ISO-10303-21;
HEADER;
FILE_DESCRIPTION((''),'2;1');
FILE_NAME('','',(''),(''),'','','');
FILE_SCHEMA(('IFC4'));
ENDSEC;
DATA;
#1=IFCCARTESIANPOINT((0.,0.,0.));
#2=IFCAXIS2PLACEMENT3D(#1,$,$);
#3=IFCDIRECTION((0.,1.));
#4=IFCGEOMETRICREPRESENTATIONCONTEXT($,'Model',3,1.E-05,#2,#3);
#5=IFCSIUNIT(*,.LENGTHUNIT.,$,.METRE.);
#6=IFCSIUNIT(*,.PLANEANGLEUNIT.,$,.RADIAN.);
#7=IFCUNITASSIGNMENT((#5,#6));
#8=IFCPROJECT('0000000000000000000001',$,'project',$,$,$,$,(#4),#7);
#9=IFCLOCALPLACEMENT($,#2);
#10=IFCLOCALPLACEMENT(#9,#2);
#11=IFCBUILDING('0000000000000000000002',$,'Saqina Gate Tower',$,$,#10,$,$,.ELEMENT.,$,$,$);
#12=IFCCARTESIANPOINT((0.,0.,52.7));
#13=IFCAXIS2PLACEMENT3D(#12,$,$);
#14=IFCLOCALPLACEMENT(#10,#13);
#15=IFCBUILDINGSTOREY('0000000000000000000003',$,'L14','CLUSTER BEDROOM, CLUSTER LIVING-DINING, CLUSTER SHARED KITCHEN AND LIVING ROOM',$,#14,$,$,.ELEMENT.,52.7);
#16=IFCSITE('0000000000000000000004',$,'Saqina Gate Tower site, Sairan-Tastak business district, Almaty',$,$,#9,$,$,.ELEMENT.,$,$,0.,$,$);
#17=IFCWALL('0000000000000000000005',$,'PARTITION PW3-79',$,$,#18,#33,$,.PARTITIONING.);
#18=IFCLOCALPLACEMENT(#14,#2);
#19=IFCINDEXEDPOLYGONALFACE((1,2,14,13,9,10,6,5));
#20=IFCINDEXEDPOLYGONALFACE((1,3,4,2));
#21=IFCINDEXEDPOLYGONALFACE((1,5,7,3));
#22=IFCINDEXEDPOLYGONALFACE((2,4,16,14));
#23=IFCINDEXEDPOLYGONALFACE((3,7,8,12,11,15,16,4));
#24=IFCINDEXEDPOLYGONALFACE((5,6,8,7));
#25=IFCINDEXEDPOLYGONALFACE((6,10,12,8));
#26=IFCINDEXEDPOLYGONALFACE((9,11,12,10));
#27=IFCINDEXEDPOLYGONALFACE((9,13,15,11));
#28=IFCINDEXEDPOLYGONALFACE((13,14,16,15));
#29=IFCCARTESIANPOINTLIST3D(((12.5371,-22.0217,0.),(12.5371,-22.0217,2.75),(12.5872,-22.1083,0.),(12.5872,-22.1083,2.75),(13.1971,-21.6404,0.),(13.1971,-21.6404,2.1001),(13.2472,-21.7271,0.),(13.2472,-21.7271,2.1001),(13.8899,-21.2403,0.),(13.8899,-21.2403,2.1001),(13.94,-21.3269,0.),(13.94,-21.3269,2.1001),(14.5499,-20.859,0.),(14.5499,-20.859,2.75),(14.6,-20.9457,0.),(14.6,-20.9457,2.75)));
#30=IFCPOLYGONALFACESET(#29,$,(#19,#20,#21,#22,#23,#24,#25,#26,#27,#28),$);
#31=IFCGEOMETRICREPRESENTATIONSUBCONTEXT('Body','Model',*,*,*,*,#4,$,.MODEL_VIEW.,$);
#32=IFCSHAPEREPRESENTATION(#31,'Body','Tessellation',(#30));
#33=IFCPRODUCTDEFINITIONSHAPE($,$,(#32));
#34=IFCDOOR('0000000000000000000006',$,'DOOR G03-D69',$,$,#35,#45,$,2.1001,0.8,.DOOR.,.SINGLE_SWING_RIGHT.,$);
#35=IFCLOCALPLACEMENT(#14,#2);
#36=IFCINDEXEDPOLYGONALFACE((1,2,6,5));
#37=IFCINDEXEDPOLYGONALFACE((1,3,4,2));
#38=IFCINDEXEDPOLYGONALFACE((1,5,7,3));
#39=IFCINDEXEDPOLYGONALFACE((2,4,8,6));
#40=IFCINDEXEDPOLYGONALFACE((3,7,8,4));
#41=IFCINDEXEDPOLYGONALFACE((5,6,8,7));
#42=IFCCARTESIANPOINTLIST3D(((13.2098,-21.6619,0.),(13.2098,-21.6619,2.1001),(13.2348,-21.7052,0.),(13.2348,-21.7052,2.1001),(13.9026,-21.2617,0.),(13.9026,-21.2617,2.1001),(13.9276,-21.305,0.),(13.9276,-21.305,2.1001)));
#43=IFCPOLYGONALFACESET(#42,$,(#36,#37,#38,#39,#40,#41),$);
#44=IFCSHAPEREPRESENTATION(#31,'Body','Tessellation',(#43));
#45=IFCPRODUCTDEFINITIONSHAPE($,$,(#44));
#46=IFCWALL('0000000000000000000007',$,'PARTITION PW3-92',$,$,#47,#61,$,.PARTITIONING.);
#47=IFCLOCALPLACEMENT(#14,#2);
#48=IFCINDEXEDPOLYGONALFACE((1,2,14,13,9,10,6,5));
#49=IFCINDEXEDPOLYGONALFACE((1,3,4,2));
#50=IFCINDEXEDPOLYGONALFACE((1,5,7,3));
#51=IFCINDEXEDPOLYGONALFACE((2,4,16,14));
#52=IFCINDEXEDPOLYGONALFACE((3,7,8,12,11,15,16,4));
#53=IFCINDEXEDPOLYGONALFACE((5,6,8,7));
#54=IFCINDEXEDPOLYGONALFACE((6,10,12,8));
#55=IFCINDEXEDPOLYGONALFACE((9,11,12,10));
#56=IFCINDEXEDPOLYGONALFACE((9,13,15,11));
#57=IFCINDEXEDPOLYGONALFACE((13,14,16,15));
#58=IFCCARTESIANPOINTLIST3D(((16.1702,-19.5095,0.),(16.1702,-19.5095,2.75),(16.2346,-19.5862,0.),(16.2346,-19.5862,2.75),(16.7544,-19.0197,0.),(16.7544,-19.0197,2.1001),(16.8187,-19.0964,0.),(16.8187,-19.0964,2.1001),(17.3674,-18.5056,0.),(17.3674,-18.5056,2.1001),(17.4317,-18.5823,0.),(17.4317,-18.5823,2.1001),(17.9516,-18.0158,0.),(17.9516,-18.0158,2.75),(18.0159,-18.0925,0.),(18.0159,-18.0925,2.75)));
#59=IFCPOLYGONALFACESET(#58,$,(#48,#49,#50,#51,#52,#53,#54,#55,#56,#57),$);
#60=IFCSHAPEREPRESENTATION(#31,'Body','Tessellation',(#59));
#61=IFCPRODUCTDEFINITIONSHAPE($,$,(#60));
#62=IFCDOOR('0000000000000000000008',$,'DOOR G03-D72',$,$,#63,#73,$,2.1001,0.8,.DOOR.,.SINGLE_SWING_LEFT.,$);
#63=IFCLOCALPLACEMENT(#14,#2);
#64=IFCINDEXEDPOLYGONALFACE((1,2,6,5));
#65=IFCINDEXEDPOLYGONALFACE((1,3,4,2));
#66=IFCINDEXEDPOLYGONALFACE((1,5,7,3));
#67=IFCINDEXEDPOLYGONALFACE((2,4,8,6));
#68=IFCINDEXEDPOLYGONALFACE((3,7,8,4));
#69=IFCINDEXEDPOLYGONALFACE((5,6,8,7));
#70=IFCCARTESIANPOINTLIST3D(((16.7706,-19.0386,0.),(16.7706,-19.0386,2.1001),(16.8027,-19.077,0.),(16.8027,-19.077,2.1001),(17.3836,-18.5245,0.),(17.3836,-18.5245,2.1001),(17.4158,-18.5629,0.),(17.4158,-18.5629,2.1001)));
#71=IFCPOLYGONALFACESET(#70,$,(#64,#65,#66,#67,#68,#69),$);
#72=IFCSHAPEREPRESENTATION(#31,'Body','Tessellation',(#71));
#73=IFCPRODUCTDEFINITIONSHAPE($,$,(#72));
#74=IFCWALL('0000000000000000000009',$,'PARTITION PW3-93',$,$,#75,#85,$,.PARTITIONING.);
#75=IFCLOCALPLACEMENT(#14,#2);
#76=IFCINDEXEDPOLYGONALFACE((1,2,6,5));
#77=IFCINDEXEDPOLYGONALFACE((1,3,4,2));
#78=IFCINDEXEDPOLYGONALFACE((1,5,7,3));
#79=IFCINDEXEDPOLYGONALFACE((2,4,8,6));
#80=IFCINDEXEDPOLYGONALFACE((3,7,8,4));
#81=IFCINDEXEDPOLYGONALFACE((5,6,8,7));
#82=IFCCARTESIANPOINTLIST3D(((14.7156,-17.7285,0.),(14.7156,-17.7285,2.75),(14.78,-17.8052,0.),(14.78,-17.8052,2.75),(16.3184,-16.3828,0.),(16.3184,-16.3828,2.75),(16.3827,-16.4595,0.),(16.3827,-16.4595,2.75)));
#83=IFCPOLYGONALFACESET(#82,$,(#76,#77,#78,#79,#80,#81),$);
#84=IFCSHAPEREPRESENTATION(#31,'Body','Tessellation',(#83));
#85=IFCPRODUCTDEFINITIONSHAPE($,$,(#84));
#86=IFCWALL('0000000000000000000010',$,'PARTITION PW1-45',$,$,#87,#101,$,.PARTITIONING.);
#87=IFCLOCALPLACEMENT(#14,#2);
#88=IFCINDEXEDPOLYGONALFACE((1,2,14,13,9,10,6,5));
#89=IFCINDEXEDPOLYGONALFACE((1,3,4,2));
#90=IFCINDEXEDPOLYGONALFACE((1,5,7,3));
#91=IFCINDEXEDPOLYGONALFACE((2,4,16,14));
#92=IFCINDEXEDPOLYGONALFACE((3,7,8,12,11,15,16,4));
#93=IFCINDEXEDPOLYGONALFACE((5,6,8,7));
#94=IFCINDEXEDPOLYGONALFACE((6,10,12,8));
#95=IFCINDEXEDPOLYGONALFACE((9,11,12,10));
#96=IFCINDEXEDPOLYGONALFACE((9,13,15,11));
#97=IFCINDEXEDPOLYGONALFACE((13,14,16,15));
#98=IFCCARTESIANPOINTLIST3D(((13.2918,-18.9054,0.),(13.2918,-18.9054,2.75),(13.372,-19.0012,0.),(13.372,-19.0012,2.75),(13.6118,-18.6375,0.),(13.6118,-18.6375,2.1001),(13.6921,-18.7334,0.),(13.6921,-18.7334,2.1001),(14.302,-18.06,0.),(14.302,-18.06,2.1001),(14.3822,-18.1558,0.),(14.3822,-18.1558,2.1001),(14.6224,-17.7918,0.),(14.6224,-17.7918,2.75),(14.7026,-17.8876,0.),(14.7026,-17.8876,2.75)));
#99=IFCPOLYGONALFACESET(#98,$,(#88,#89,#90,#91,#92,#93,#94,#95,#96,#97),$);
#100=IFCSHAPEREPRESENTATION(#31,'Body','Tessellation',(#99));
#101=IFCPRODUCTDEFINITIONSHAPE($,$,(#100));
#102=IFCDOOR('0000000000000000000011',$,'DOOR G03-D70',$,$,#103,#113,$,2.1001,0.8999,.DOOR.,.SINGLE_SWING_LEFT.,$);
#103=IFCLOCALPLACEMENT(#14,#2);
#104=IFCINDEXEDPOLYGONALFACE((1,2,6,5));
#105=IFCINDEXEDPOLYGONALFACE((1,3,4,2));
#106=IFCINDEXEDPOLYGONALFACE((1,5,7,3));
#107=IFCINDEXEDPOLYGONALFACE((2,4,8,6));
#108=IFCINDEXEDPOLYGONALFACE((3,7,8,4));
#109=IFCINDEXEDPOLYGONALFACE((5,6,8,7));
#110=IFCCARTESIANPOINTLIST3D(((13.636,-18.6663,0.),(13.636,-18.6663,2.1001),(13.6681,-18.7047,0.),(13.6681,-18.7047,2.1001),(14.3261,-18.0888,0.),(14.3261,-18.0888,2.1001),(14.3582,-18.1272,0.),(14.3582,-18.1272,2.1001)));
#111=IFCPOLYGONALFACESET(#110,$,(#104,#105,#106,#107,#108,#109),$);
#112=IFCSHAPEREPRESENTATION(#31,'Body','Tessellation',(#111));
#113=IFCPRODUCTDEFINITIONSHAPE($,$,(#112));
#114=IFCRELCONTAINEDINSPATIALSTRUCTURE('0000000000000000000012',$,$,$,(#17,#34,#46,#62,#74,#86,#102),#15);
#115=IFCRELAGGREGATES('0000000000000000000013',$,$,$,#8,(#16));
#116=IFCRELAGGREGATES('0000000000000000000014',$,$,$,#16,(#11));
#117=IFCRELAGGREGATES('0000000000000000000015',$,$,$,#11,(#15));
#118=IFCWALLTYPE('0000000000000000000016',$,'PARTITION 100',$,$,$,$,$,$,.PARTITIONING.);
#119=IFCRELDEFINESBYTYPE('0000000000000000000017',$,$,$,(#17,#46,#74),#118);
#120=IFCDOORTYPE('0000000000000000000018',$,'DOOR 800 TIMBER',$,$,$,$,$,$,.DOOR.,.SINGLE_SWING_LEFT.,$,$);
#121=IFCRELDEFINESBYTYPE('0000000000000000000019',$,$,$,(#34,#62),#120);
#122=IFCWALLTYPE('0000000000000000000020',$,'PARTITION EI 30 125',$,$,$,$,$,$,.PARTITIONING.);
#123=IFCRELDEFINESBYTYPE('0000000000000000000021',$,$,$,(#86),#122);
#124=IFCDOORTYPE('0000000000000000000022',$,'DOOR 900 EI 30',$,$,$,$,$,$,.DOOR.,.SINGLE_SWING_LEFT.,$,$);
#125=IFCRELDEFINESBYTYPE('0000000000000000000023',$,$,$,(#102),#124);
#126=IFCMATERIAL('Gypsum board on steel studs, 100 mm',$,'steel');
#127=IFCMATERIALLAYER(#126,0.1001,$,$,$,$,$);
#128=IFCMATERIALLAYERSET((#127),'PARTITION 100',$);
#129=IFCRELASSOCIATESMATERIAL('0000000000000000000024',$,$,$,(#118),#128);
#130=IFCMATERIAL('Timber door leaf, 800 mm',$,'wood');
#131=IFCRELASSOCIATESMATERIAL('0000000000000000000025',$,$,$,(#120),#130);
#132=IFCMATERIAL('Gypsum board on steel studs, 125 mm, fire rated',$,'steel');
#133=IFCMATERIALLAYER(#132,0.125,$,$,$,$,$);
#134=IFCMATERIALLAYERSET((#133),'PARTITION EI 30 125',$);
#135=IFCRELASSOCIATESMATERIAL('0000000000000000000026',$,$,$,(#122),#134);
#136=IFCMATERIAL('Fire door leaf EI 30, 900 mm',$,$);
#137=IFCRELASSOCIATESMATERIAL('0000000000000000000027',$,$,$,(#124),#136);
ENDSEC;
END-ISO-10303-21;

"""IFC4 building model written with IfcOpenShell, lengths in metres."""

from ifc_helpers import new_model, si_unit, direction, frame, frame_2d, origin, place, context, subcontext, project, spatial, rectangle, extrude, material, layer, layer_set, type_object, element, fill, save


model = new_model("IFC4")

# Units and contexts
model_context = context("Model", 3, precision=1e-05, world=origin(), true_north=direction((0.0, 1.0)))
body_context = subcontext(model_context, "Body", "Model", "MODEL_VIEW")
ifc_project = project(units=[si_unit("LENGTHUNIT", "METRE"), si_unit("PLANEANGLEUNIT", "RADIAN")], contexts=[model_context])

# Site, building, storey
site_placement = place(None, origin())
site = spatial("IfcSite", under=ifc_project, at=site_placement, Name="Saqina Gate Tower site, Sairan-Tastak business district, Almaty", CompositionType="ELEMENT", RefElevation=0.0)
building_placement = place(site_placement, origin())
building = spatial("IfcBuilding", under=site, at=building_placement, Name="Saqina Gate Tower", CompositionType="ELEMENT")
storey_placement = place(building_placement, frame((0.0, 0.0, 52.7)))
storey = spatial("IfcBuildingStorey", under=building, at=storey_placement, Name="L14", Description="CLUSTER BEDROOM, CLUSTER LIVING-DINING, CLUSTER SHARED KITCHEN AND LIVING ROOM", CompositionType="ELEMENT", Elevation=52.7)

# Shared definitions
ifc_material_1 = material(Name="Gypsum board on steel studs, 100 mm", Category="steel")
ifc_layer_1 = layer(ifc_material_1, 0.1001)
ifc_layer_set_1 = layer_set([ifc_layer_1], Name="PARTITION 100")
wall_type_1 = type_object("IfcWallType", Name="PARTITION 100", PredefinedType="PARTITIONING", material=ifc_layer_set_1)

# Walls, openings, doors
wall_1_placement = place(storey_placement, frame((12.5623, -22.0649, 0.0), z_axis=(0.0, 0.0, 1.0), x_axis=(0.86592, 0.500183, 0.0)))
wall_1 = element("IfcWall", 1, at=wall_1_placement, inside=storey, type_object=wall_type_1, Name="PARTITION PW3-79", PredefinedType="PARTITIONING", context=body_context, shape_type="SweptSolid", body=[
    extrude(rectangle(XDim=2.3245, YDim=0.1001, at=frame_2d((1.1621, 0.0))), origin(), (0.0, 0.0, 1.0), 2.75),
])
opening_1_placement = place(wall_1_placement, frame((0.7622, 0.0, 0.0)))
opening_1 = element("IfcOpeningElement", 2, at=opening_1_placement, cuts=wall_1, PredefinedType="OPENING", context=body_context, shape_type="SweptSolid", body=[
    extrude(rectangle(XDim=0.8, YDim=2.1001, at=frame_2d((0.3999, 1.05))), frame((0.0, 0.062, 0.0), z_axis=(0.0, -1.0, 0.0), x_axis=(1.0, 0.0, 0.0)), (0.0, 0.0, 1.0), 0.124),
])
ifc_material_2 = material(Name="Timber door leaf, 800 mm", Category="wood")
door_type_1 = type_object("IfcDoorType", Name="DOOR 800 TIMBER", OperationType="SINGLE_SWING_LEFT", PredefinedType="DOOR", material=ifc_material_2)
door_1_placement = place(opening_1_placement, frame((0.8, 0.0, 0.0), z_axis=(0.0, 0.0, 1.0), x_axis=(-1.0, 0.0, 0.0)))
door_1 = element("IfcDoor", 3, at=door_1_placement, inside=storey, type_object=door_type_1, Name="DOOR G03-D69", OperationType="SINGLE_SWING_RIGHT", OverallHeight=2.1001, OverallWidth=0.8, PredefinedType="DOOR", context=body_context, shape_type="SweptSolid", body=[
    extrude(rectangle(XDim=0.8, YDim=2.1001, at=frame_2d((0.3999, 1.05))), frame((0.0, 0.0249, 0.0), z_axis=(0.0, -1.0, 0.0), x_axis=(1.0, 0.0, 0.0)), (0.0, 0.0, 1.0), 0.05),
])
fill(opening_1, door_1)
wall_2_placement = place(storey_placement, frame((16.2024, -19.5479, 0.0), z_axis=(0.0, 0.0, 1.0), x_axis=(0.766255, 0.642537, 0.0)))
wall_2 = element("IfcWall", 4, at=wall_2_placement, inside=storey, type_object=wall_type_1, Name="PARTITION PW3-92", PredefinedType="PARTITIONING", context=body_context, shape_type="SweptSolid", body=[
    extrude(rectangle(XDim=2.3247, YDim=0.1001, at=frame_2d((1.1624, 0.0))), origin(), (0.0, 0.0, 1.0), 2.75),
])
opening_2_placement = place(wall_2_placement, frame((0.7625, 0.0, 0.0)))
opening_2 = element("IfcOpeningElement", 5, at=opening_2_placement, cuts=wall_2, PredefinedType="OPENING", context=body_context, shape_type="SweptSolid", body=[
    extrude(rectangle(XDim=0.8, YDim=2.1001, at=frame_2d((0.3999, 1.05))), frame((0.0, 0.062, 0.0), z_axis=(0.0, -1.0, 0.0), x_axis=(1.0, 0.0, 0.0)), (0.0, 0.0, 1.0), 0.124),
])
door_2_placement = place(opening_2_placement, frame((0.8, 0.0, 0.0), z_axis=(0.0, 0.0, 1.0), x_axis=(-1.0, 0.0, 0.0)))
door_2 = element("IfcDoor", 6, at=door_2_placement, inside=storey, type_object=door_type_1, Name="DOOR G03-D72", OperationType="SINGLE_SWING_LEFT", OverallHeight=2.1001, OverallWidth=0.8, PredefinedType="DOOR", context=body_context, shape_type="SweptSolid", body=[
    extrude(rectangle(XDim=0.8, YDim=2.1001, at=frame_2d((0.3999, 1.05))), frame((0.0, 0.0249, 0.0), z_axis=(0.0, -1.0, 0.0), x_axis=(1.0, 0.0, 0.0)), (0.0, 0.0, 1.0), 0.05),
])
fill(opening_2, door_2)

# Wall
wall_3_placement = place(storey_placement, frame((14.7478, -17.7668, 0.0), z_axis=(0.0, 0.0, 1.0), x_axis=(0.765854, 0.643014, 0.0)))
element("IfcWall", 7, at=wall_3_placement, inside=storey, type_object=wall_type_1, Name="PARTITION PW3-93", PredefinedType="PARTITIONING", context=body_context, shape_type="SweptSolid", body=[
    extrude(rectangle(XDim=2.0928, YDim=0.1001, at=frame_2d((1.0464, 0.0))), origin(), (0.0, 0.0, 1.0), 2.75),
])

# Wall, opening, door
ifc_material_3 = material(Name="Gypsum board on steel studs, 125 mm, fire rated", Category="steel")
ifc_layer_2 = layer(ifc_material_3, 0.125)
ifc_layer_set_2 = layer_set([ifc_layer_2], Name="PARTITION EI 30 125")
wall_type_2 = type_object("IfcWallType", Name="PARTITION EI 30 125", PredefinedType="PARTITIONING", material=ifc_layer_set_2)
wall_4_placement = place(storey_placement, frame((13.3318, -18.9534, 0.0), z_axis=(0.0, 0.0, 1.0), x_axis=(0.766882, 0.641789, 0.0)))
wall_4 = element("IfcWall", 8, at=wall_4_placement, inside=storey, type_object=wall_type_2, Name="PARTITION PW1-45", PredefinedType="PARTITIONING", context=body_context, shape_type="SweptSolid", body=[
    extrude(rectangle(XDim=1.7351, YDim=0.125, at=frame_2d((0.8677, 0.0))), origin(), (0.0, 0.0, 1.0), 2.75),
])
opening_3_placement = place(wall_4_placement, frame((0.4175, 0.0, 0.0)))
opening_3 = element("IfcOpeningElement", 9, at=opening_3_placement, cuts=wall_4, PredefinedType="OPENING", context=body_context, shape_type="SweptSolid", body=[
    extrude(rectangle(XDim=0.8999, YDim=2.1001, at=frame_2d((0.45, 1.05))), frame((0.0, 0.0745, 0.0), z_axis=(0.0, -1.0, 0.0), x_axis=(1.0, 0.0, 0.0)), (0.0, 0.0, 1.0), 0.1489),
])
ifc_material_4 = material(Name="Fire door leaf EI 30, 900 mm")
door_type_2 = type_object("IfcDoorType", Name="DOOR 900 EI 30", OperationType="SINGLE_SWING_LEFT", PredefinedType="DOOR", material=ifc_material_4)
door_3_placement = place(opening_3_placement, origin())
door_3 = element("IfcDoor", 10, at=door_3_placement, inside=storey, type_object=door_type_2, Name="DOOR G03-D70", OperationType="SINGLE_SWING_LEFT", OverallHeight=2.1001, OverallWidth=0.8999, PredefinedType="DOOR", context=body_context, shape_type="SweptSolid", body=[
    extrude(rectangle(XDim=0.8999, YDim=2.1001, at=frame_2d((0.45, 1.05))), frame((0.0, 0.0249, 0.0), z_axis=(0.0, -1.0, 0.0), x_axis=(1.0, 0.0, 0.0)), (0.0, 0.0, 1.0), 0.05),
])
fill(opening_3, door_3)

save(model, "model.ifc")
